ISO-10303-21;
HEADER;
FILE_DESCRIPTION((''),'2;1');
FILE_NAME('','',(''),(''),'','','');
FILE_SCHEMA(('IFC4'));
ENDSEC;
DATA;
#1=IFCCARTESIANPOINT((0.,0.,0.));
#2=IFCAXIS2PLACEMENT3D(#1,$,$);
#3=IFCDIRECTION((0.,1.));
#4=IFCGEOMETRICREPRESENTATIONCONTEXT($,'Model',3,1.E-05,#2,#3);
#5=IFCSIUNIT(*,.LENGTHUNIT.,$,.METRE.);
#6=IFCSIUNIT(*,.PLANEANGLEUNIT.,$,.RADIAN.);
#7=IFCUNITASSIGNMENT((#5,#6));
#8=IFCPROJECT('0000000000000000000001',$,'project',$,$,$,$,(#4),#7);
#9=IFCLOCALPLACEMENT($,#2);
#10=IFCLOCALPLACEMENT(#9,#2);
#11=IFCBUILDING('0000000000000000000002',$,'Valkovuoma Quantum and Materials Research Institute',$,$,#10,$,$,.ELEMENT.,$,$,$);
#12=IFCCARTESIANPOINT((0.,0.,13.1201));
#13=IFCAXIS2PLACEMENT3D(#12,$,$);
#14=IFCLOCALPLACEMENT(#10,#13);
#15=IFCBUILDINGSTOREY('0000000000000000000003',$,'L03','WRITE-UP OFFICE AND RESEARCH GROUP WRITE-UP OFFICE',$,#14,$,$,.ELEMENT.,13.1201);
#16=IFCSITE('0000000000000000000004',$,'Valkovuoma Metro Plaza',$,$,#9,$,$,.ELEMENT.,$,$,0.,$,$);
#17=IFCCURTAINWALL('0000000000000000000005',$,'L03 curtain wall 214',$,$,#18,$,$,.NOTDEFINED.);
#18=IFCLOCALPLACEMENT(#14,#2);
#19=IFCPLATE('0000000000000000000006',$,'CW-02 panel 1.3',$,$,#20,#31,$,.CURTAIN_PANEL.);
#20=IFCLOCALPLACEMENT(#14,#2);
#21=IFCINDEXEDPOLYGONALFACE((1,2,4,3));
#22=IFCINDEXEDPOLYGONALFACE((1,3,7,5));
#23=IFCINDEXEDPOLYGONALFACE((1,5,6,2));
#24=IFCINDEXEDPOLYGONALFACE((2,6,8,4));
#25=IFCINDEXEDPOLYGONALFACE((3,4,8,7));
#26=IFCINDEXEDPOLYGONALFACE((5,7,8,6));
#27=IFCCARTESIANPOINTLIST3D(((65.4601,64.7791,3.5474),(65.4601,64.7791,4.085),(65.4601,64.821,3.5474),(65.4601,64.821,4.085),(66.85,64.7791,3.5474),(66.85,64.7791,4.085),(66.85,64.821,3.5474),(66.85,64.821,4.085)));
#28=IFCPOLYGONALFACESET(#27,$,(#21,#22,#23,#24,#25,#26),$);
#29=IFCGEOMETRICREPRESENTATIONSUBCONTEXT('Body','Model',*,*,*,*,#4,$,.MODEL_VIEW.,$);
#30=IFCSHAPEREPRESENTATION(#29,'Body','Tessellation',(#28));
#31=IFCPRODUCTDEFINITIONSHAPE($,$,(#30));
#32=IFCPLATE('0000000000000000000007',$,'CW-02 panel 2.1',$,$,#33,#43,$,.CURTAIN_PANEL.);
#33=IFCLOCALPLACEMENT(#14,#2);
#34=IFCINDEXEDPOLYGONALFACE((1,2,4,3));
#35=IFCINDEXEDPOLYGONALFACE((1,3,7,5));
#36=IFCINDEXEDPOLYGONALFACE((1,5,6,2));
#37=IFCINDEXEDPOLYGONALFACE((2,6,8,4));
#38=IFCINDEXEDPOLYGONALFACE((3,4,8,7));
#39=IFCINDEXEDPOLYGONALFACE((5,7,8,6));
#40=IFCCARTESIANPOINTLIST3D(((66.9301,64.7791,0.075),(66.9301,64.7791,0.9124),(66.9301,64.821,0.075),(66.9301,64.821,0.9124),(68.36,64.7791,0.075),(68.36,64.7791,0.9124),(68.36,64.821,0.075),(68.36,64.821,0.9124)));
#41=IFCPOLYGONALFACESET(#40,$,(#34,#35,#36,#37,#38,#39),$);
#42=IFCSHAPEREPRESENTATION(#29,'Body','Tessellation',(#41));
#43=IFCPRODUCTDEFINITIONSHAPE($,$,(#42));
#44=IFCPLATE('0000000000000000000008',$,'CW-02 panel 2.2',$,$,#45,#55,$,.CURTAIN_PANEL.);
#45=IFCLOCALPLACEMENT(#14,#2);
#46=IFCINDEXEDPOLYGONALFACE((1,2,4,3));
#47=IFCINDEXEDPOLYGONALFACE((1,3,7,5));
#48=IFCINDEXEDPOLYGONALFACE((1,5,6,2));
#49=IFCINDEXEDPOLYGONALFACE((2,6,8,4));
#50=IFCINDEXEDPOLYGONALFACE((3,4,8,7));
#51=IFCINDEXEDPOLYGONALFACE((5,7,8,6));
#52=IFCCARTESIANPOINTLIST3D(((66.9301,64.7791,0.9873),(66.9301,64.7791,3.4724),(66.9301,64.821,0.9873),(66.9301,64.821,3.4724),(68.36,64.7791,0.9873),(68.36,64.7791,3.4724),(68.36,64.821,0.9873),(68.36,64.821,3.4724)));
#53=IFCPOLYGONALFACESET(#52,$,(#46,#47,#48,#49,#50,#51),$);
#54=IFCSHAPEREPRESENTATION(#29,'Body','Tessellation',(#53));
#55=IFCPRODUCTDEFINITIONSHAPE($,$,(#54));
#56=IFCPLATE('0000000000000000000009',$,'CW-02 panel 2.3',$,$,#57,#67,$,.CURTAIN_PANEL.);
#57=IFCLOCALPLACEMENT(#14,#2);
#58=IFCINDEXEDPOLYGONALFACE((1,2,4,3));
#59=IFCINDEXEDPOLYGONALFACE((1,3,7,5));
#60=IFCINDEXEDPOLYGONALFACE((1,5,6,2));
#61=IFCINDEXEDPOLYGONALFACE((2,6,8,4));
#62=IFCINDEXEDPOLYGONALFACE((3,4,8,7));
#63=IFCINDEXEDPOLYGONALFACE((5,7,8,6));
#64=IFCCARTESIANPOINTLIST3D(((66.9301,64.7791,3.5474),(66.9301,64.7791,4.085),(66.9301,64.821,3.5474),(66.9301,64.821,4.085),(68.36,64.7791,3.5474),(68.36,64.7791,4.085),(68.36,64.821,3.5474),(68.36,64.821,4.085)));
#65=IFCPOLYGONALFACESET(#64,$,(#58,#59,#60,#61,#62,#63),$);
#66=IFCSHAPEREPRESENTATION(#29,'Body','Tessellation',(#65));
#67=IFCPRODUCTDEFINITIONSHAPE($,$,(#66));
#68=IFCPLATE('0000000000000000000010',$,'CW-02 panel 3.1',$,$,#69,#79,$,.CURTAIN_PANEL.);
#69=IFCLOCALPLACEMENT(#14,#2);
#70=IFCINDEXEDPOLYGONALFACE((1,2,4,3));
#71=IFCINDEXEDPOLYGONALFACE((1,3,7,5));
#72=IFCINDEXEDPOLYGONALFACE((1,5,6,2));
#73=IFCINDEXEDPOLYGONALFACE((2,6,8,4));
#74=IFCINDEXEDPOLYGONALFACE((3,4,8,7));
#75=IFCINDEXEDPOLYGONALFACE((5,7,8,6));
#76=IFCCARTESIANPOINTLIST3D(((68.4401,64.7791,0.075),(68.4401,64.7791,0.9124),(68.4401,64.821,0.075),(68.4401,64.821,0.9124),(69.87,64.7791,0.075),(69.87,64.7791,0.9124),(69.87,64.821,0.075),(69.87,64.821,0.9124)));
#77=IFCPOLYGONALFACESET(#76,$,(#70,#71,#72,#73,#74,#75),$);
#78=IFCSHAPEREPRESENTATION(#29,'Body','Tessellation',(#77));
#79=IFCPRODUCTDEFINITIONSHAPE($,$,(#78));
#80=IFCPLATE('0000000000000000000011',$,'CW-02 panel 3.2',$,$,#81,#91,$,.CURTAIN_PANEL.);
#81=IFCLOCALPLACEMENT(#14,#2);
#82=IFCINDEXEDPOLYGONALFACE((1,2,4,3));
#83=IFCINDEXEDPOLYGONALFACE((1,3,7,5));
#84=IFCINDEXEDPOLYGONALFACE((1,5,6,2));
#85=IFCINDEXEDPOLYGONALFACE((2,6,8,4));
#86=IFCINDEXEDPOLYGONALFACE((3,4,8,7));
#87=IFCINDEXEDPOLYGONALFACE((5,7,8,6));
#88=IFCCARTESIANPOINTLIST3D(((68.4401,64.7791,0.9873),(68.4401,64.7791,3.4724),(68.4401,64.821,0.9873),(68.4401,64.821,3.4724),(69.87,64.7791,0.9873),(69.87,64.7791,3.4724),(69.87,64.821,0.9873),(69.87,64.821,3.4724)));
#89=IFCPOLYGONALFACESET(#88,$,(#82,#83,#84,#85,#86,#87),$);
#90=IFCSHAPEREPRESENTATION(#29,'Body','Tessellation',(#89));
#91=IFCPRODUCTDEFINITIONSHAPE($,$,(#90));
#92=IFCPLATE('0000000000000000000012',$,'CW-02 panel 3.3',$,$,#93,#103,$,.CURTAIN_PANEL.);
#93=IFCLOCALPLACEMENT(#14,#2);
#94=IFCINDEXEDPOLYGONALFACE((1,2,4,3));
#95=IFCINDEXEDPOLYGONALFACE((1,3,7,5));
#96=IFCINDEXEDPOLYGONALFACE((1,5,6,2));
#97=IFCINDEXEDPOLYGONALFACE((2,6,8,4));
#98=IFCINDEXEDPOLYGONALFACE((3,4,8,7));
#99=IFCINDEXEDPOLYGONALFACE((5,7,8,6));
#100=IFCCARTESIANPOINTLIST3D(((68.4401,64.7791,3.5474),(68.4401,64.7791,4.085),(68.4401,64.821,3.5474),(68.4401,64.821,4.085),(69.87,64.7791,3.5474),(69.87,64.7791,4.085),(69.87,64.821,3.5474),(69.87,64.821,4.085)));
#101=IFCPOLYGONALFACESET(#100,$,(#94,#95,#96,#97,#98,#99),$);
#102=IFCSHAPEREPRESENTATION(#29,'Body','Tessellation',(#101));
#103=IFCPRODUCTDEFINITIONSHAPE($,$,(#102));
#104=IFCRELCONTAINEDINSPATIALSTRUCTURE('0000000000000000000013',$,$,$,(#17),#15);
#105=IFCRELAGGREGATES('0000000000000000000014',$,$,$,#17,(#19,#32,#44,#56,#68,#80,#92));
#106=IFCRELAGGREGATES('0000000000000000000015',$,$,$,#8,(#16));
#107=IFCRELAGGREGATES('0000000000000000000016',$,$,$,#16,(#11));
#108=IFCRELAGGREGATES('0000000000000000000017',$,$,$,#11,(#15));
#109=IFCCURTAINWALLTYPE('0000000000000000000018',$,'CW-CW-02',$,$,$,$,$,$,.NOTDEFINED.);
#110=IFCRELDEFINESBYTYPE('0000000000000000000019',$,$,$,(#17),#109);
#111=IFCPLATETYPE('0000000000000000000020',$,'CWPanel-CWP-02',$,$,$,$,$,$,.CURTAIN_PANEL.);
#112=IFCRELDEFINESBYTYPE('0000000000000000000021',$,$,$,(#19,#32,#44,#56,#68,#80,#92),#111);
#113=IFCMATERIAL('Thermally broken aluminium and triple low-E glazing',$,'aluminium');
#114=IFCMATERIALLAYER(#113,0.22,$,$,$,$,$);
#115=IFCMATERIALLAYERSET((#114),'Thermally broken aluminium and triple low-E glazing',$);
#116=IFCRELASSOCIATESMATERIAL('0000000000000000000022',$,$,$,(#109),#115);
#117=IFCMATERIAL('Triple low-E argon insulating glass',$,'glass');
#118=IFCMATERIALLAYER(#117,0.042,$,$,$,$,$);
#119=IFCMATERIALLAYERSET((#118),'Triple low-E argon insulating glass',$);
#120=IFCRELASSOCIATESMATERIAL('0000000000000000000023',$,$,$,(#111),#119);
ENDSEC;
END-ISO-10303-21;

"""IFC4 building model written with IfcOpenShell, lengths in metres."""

from ifc_helpers import new_model, si_unit, direction, frame, origin, origin_2d, place, context, subcontext, project, spatial, rectangle, extrude, material, layer, layer_set, type_object, element, aggregate, save


model = new_model("IFC4")

# Units and contexts
model_context = context("Model", 3, precision=1e-05, world=origin(), true_north=direction((0.0, 1.0)))
body_context = subcontext(model_context, "Body", "Model", "MODEL_VIEW")
ifc_project = project(units=[si_unit("LENGTHUNIT", "METRE"), si_unit("PLANEANGLEUNIT", "RADIAN")], contexts=[model_context])

# Site, building, storey
site_placement = place(None, origin())
site = spatial("IfcSite", under=ifc_project, at=site_placement, Name="Valkovuoma Metro Plaza", CompositionType="ELEMENT", RefElevation=0.0)
building_placement = place(site_placement, origin())
building = spatial("IfcBuilding", under=site, at=building_placement, Name="Valkovuoma Quantum and Materials Research Institute", CompositionType="ELEMENT")
storey_placement = place(building_placement, frame((0.0, 0.0, 13.1201)))
storey = spatial("IfcBuildingStorey", under=building, at=storey_placement, Name="L03", Description="WRITE-UP OFFICE AND RESEARCH GROUP WRITE-UP OFFICE", CompositionType="ELEMENT", Elevation=13.1201)

# Curtain wall
ifc_material_1 = material(Name="Thermally broken aluminium and triple low-E glazing", Category="aluminium")
ifc_layer_1 = layer(ifc_material_1, 0.22)
ifc_layer_set_1 = layer_set([ifc_layer_1], Name="Thermally broken aluminium and triple low-E glazing")
curtain_wall_type = type_object("IfcCurtainWallType", Name="CW-CW-02", PredefinedType="NOTDEFINED", material=ifc_layer_set_1)
curtain_wall_1_placement = place(storey_placement, origin())
curtain_wall_1 = element("IfcCurtainWall", 1, at=curtain_wall_1_placement, inside=storey, type_object=curtain_wall_type, Name="L03 curtain wall 214", PredefinedType="NOTDEFINED")

# Plates
ifc_material_2 = material(Name="Triple low-E argon insulating glass", Category="glass")
ifc_layer_2 = layer(ifc_material_2, 0.042)
ifc_layer_set_2 = layer_set([ifc_layer_2], Name="Triple low-E argon insulating glass")
plate_type = type_object("IfcPlateType", Name="CWPanel-CWP-02", PredefinedType="CURTAIN_PANEL", material=ifc_layer_set_2)
plate_1_placement = place(storey_placement, frame((66.155, 64.8, 3.5474), z_axis=(0.0, 0.0, 1.0), x_axis=(1.0, 0.0, 0.0)))
plate_1 = element("IfcPlate", 2, at=plate_1_placement, type_object=plate_type, Name="CW-02 panel 1.3", PredefinedType="CURTAIN_PANEL", context=body_context, shape_type="SweptSolid", body=[
    extrude(rectangle(XDim=1.3899, YDim=0.042, at=origin_2d()), origin(), (0.0, 0.0, 1.0), 0.5376),
])
plate_2_placement = place(storey_placement, frame((67.645, 64.8, 0.075), z_axis=(0.0, 0.0, 1.0), x_axis=(1.0, 0.0, 0.0)))
plate_2 = element("IfcPlate", 3, at=plate_2_placement, type_object=plate_type, Name="CW-02 panel 2.1", PredefinedType="CURTAIN_PANEL", context=body_context, shape_type="SweptSolid", body=[
    extrude(rectangle(XDim=1.4299, YDim=0.042, at=origin_2d()), origin(), (0.0, 0.0, 1.0), 0.8374),
])
plate_3_placement = place(storey_placement, frame((67.645, 64.8, 0.9873), z_axis=(0.0, 0.0, 1.0), x_axis=(1.0, 0.0, 0.0)))
plate_3 = element("IfcPlate", 4, at=plate_3_placement, type_object=plate_type, Name="CW-02 panel 2.2", PredefinedType="CURTAIN_PANEL", context=body_context, shape_type="SweptSolid", body=[
    extrude(rectangle(XDim=1.4299, YDim=0.042, at=origin_2d()), origin(), (0.0, 0.0, 1.0), 2.4851),
])
plate_4_placement = place(storey_placement, frame((67.645, 64.8, 3.5474), z_axis=(0.0, 0.0, 1.0), x_axis=(1.0, 0.0, 0.0)))
plate_4 = element("IfcPlate", 5, at=plate_4_placement, type_object=plate_type, Name="CW-02 panel 2.3", PredefinedType="CURTAIN_PANEL", context=body_context, shape_type="SweptSolid", body=[
    extrude(rectangle(XDim=1.4299, YDim=0.042, at=origin_2d()), origin(), (0.0, 0.0, 1.0), 0.5376),
])
plate_5_placement = place(storey_placement, frame((69.155, 64.8, 0.075), z_axis=(0.0, 0.0, 1.0), x_axis=(1.0, 0.0, 0.0)))
plate_5 = element("IfcPlate", 6, at=plate_5_placement, type_object=plate_type, Name="CW-02 panel 3.1", PredefinedType="CURTAIN_PANEL", context=body_context, shape_type="SweptSolid", body=[
    extrude(rectangle(XDim=1.4299, YDim=0.042, at=origin_2d()), origin(), (0.0, 0.0, 1.0), 0.8374),
])
plate_6_placement = place(storey_placement, frame((69.155, 64.8, 0.9873), z_axis=(0.0, 0.0, 1.0), x_axis=(1.0, 0.0, 0.0)))
plate_6 = element("IfcPlate", 7, at=plate_6_placement, type_object=plate_type, Name="CW-02 panel 3.2", PredefinedType="CURTAIN_PANEL", context=body_context, shape_type="SweptSolid", body=[
    extrude(rectangle(XDim=1.4299, YDim=0.042, at=origin_2d()), origin(), (0.0, 0.0, 1.0), 2.4851),
])
plate_7_placement = place(storey_placement, frame((69.155, 64.8, 3.5474), z_axis=(0.0, 0.0, 1.0), x_axis=(1.0, 0.0, 0.0)))
plate_7 = element("IfcPlate", 8, at=plate_7_placement, type_object=plate_type, Name="CW-02 panel 3.3", PredefinedType="CURTAIN_PANEL", context=body_context, shape_type="SweptSolid", body=[
    extrude(rectangle(XDim=1.4299, YDim=0.042, at=origin_2d()), origin(), (0.0, 0.0, 1.0), 0.5376),
])
aggregate(curtain_wall_1, [plate_1, plate_2, plate_3, plate_4, plate_5, plate_6, plate_7])

save(model, "model.ifc")
